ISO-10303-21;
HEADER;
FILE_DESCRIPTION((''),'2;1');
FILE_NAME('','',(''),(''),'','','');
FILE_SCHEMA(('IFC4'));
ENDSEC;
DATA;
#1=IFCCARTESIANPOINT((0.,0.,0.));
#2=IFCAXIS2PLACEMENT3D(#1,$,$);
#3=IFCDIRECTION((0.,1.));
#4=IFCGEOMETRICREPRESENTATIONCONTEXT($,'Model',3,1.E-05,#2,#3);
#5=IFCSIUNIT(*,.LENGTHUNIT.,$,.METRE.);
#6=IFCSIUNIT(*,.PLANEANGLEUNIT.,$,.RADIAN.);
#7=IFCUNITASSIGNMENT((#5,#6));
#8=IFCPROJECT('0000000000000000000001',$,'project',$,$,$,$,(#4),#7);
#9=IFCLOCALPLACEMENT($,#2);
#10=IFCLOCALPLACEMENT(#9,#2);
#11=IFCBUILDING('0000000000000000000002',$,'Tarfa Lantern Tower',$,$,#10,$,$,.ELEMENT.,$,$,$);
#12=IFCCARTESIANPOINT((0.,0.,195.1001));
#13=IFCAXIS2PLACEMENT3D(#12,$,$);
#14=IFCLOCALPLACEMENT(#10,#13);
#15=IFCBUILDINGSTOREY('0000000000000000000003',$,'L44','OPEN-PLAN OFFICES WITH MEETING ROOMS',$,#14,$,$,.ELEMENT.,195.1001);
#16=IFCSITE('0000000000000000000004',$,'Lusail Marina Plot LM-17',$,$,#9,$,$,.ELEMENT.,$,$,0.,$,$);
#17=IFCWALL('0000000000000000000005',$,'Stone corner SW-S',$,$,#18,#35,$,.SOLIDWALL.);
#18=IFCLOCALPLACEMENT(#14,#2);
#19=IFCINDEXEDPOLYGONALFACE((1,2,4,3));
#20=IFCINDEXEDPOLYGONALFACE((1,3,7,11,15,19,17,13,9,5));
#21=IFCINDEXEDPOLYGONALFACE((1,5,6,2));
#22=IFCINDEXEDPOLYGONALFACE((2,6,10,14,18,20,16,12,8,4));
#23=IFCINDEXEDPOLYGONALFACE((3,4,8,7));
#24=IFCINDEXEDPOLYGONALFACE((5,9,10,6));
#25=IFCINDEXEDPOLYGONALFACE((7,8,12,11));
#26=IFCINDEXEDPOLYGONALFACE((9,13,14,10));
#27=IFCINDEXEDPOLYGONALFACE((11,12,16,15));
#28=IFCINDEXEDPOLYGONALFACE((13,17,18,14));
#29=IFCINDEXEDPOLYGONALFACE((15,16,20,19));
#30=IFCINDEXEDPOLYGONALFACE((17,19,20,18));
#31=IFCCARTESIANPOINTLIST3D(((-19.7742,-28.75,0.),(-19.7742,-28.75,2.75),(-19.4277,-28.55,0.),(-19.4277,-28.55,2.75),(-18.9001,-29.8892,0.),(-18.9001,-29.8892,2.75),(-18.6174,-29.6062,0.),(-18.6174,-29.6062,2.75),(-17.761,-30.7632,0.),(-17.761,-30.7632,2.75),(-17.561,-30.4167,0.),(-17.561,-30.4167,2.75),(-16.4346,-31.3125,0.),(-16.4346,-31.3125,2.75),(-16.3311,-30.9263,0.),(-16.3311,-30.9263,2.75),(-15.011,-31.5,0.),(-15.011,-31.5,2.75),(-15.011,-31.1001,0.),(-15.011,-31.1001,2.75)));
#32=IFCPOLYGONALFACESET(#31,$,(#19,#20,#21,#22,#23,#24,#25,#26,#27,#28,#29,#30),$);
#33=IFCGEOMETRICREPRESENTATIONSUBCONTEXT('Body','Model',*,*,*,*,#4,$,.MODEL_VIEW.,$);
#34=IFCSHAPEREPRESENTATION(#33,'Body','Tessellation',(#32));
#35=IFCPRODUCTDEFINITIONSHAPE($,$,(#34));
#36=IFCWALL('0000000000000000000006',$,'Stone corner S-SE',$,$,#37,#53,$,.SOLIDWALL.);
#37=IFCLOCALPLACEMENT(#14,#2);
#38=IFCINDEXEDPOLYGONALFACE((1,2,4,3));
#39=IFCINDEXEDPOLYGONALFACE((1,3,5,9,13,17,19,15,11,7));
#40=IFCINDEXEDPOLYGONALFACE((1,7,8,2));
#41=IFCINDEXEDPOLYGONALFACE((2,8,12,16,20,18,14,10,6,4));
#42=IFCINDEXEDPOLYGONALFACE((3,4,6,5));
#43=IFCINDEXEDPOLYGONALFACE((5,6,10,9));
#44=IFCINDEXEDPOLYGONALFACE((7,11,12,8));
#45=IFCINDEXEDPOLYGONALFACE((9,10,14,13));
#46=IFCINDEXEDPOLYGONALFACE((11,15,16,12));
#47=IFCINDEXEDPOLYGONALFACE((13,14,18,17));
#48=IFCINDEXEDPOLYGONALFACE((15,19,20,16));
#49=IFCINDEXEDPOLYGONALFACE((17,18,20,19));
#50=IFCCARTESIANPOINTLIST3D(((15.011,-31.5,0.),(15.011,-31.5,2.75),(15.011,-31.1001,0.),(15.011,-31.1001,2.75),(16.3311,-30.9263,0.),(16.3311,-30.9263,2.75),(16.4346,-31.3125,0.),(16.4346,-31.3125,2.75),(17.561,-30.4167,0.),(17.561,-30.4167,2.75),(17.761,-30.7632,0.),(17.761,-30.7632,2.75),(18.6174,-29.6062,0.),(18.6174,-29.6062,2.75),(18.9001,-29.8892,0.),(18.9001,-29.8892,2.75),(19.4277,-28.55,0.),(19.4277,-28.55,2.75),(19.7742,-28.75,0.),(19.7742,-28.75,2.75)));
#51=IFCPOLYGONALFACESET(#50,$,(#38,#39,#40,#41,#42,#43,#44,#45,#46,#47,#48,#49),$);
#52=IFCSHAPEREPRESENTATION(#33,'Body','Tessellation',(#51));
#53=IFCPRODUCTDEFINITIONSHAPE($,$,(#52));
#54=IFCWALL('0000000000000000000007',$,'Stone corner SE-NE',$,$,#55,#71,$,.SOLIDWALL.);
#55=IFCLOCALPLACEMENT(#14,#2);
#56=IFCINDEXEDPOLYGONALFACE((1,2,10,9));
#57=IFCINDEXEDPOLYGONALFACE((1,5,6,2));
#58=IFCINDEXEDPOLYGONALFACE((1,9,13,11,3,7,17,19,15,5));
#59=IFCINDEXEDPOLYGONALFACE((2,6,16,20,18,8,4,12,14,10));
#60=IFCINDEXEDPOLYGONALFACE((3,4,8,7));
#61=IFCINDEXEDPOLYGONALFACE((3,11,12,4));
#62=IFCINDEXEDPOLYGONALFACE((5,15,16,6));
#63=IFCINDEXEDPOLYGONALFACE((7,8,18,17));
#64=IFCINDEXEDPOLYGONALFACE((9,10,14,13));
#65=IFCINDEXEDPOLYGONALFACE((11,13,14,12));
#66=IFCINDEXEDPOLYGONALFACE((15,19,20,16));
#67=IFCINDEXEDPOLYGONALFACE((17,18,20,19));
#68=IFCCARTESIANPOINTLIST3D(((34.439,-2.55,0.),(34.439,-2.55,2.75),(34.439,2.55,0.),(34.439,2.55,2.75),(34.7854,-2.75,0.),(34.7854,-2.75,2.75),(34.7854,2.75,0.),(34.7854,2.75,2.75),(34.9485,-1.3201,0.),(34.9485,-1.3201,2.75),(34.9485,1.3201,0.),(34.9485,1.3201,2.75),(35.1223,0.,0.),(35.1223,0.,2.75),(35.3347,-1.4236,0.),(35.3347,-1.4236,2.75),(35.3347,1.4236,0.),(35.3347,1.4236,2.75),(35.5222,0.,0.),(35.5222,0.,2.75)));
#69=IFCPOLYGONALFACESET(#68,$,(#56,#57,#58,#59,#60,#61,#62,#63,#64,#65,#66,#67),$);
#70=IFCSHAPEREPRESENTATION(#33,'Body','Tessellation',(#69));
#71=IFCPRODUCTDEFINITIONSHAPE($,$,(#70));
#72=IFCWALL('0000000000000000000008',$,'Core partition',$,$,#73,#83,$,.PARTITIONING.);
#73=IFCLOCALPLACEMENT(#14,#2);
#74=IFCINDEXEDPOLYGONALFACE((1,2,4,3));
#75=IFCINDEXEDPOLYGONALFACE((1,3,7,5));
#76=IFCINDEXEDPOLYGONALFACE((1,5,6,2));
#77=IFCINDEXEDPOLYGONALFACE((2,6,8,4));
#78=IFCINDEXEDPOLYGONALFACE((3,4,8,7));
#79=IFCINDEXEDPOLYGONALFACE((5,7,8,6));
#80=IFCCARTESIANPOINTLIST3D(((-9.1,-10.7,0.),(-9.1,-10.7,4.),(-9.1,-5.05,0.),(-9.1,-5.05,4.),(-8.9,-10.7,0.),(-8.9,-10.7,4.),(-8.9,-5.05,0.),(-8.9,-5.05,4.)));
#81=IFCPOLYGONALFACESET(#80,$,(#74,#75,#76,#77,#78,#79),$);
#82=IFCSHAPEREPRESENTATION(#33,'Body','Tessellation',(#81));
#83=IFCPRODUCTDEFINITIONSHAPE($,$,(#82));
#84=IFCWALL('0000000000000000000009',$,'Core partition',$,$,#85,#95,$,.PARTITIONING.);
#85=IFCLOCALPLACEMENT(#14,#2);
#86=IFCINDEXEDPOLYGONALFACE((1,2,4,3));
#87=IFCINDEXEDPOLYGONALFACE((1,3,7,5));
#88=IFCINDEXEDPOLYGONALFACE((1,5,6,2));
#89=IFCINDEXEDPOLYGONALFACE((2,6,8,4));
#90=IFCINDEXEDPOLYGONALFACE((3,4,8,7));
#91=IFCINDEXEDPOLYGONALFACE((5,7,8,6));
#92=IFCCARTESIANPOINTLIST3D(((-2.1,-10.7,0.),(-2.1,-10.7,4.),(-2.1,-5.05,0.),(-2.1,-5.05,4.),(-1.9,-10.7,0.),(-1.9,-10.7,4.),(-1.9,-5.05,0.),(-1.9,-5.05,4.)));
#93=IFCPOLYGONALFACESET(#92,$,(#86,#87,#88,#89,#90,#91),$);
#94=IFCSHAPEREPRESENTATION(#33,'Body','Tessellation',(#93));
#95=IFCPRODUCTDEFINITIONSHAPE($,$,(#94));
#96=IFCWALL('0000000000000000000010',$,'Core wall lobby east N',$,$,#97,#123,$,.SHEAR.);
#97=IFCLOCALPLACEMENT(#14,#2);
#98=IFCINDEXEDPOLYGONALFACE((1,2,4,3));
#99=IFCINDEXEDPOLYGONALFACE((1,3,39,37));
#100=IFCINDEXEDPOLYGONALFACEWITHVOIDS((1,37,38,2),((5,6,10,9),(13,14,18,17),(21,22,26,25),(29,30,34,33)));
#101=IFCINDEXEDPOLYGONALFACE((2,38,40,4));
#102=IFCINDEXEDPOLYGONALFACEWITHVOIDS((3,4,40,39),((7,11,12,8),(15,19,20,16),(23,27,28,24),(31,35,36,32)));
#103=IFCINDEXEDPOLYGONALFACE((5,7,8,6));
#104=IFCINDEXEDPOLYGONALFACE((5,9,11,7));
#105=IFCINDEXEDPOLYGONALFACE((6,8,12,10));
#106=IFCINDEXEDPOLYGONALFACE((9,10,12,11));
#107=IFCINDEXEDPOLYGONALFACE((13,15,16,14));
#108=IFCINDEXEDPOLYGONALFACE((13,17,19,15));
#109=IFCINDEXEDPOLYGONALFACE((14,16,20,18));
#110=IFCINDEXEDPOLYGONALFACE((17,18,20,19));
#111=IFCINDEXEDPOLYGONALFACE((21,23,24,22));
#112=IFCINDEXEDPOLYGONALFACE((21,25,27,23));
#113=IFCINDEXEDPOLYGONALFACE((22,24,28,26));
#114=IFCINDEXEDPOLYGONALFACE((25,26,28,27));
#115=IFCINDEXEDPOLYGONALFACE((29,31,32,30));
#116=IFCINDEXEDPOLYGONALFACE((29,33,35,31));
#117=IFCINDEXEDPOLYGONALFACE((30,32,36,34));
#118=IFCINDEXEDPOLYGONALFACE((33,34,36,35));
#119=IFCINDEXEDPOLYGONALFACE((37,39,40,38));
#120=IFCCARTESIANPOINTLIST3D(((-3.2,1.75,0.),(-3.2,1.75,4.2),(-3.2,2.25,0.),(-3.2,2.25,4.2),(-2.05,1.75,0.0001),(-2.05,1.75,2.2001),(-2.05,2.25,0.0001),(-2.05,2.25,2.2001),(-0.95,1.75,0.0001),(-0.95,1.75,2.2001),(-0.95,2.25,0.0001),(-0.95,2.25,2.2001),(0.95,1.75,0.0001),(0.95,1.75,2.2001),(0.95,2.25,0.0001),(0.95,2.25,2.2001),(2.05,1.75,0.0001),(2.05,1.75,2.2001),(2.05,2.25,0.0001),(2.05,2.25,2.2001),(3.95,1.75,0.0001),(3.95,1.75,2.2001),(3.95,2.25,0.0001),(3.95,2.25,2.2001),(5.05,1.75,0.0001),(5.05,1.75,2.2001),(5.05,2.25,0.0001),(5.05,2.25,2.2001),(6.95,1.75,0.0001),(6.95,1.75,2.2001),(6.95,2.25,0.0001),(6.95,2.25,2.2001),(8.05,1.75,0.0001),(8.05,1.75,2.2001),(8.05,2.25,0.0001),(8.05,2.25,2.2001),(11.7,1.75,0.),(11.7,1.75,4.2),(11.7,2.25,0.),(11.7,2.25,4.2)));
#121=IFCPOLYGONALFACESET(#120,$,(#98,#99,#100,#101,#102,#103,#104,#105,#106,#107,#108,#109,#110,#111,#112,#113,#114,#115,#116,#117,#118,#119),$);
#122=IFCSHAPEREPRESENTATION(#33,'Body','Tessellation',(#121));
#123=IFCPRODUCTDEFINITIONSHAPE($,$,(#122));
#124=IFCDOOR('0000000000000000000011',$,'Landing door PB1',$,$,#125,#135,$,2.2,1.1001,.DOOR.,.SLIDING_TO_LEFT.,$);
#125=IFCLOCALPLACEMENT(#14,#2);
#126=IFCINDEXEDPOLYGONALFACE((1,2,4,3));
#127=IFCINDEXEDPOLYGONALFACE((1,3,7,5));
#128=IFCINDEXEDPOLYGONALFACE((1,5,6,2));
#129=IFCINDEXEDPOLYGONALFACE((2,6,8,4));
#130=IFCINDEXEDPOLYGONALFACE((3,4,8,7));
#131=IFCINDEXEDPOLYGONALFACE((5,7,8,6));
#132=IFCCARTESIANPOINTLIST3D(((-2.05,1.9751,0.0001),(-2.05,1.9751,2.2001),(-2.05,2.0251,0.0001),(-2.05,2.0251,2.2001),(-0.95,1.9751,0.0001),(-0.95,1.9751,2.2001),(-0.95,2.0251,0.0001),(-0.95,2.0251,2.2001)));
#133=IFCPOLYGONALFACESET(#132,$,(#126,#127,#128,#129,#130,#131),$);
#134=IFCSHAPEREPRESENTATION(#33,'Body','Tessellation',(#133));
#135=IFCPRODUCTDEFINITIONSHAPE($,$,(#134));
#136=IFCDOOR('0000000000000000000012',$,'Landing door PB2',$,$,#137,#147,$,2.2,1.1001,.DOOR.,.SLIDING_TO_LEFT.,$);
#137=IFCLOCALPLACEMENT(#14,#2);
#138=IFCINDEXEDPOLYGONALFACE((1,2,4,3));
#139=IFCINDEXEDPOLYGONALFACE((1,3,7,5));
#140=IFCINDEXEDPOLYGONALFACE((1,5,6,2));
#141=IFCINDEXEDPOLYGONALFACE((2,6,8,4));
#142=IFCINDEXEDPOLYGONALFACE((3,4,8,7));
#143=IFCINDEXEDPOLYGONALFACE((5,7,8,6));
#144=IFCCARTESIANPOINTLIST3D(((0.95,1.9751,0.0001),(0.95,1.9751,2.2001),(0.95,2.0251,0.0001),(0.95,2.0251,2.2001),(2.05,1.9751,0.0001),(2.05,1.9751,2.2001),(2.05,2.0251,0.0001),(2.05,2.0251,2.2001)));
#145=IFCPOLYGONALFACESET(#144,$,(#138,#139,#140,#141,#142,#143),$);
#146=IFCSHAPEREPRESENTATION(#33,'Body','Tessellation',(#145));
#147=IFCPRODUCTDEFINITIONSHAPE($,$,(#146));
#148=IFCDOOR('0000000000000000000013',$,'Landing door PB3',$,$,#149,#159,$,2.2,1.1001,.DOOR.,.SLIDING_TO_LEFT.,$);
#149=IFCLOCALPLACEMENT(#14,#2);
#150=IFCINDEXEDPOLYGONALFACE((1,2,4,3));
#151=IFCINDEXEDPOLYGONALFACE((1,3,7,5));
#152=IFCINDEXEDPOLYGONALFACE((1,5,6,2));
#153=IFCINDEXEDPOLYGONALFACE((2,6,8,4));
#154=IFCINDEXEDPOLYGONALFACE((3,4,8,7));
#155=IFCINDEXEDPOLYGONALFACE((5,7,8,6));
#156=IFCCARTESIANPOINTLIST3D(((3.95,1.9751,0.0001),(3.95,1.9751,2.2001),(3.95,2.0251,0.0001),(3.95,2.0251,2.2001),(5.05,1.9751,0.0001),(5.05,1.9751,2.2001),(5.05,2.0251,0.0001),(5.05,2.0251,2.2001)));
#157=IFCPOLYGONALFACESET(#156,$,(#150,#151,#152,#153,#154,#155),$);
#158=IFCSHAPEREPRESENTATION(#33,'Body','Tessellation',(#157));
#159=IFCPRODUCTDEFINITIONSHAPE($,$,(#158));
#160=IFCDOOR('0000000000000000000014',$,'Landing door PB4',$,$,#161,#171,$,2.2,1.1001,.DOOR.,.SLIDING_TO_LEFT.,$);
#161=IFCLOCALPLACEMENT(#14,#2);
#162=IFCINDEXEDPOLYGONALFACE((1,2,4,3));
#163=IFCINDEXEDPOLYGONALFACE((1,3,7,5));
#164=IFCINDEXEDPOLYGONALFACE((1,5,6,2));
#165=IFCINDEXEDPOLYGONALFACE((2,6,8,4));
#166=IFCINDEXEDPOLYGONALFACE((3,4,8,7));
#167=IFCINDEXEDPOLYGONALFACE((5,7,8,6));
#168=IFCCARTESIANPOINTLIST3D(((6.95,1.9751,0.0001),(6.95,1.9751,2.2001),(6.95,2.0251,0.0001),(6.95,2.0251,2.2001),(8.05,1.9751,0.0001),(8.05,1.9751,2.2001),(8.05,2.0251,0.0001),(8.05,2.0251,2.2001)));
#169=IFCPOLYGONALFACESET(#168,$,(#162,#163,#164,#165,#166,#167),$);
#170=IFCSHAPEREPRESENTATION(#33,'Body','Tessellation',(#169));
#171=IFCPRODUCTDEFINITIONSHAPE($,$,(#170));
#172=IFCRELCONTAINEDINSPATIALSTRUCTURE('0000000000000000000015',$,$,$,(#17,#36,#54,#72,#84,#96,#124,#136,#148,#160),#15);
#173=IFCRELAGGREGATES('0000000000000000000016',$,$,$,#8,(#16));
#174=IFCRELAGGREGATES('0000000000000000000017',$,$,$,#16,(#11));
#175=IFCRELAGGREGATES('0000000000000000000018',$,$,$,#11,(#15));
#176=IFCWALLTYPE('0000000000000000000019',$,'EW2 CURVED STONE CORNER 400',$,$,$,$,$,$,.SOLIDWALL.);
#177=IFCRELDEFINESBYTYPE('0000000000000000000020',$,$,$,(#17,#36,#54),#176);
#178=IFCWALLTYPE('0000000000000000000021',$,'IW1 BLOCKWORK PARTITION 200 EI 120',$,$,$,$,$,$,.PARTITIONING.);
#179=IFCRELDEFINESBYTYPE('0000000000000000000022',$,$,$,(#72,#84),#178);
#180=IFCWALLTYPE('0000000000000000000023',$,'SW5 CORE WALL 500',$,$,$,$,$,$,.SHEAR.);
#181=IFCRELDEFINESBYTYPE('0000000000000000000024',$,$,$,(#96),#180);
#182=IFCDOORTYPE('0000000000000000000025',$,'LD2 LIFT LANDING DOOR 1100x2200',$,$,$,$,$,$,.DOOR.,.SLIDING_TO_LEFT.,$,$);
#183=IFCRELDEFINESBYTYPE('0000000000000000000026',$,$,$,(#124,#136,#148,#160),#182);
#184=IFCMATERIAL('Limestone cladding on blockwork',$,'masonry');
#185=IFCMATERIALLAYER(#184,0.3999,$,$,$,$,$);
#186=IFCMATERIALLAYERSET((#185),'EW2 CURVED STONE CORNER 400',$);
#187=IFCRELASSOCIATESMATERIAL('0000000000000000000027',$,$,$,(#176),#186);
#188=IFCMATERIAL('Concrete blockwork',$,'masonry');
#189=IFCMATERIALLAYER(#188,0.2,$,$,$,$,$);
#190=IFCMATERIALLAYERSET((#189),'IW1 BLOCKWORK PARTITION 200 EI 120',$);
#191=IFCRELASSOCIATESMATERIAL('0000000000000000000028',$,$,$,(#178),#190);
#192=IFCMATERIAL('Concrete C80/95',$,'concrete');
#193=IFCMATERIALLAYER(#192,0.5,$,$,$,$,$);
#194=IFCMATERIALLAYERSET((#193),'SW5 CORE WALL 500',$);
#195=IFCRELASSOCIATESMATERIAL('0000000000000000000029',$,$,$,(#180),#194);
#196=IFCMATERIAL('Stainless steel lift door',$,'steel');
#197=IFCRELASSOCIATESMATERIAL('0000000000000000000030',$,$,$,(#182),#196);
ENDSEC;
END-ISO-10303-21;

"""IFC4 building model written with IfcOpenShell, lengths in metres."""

from ifc_helpers import new_model, si_unit, direction, frame, frame_2d, origin, place, context, subcontext, project, spatial, polyline, rectangle, outline, extrude, material, layer, layer_set, type_object, element, fill, save


model = new_model("IFC4")

# Units and contexts
model_context = context("Model", 3, precision=1e-05, world=origin(), true_north=direction((0.0, 1.0)))
body_context = subcontext(model_context, "Body", "Model", "MODEL_VIEW")
ifc_project = project(units=[si_unit("LENGTHUNIT", "METRE"), si_unit("PLANEANGLEUNIT", "RADIAN")], contexts=[model_context])

# Site, building, storey
site_placement = place(None, origin())
site = spatial("IfcSite", under=ifc_project, at=site_placement, Name="Lusail Marina Plot LM-17", CompositionType="ELEMENT", RefElevation=0.0)
building_placement = place(site_placement, origin())
building = spatial("IfcBuilding", under=site, at=building_placement, Name="Tarfa Lantern Tower", CompositionType="ELEMENT")
storey_placement = place(building_placement, frame((0.0, 0.0, 195.1001)))
storey = spatial("IfcBuildingStorey", under=building, at=storey_placement, Name="L44", Description="OPEN-PLAN OFFICES WITH MEETING ROOMS", CompositionType="ELEMENT", Elevation=195.1001)

# Walls
ifc_material_1 = material(Name="Limestone cladding on blockwork", Category="masonry")
ifc_layer_1 = layer(ifc_material_1, 0.3999)
ifc_layer_set_1 = layer_set([ifc_layer_1], Name="EW2 CURVED STONE CORNER 400")
wall_type_1 = type_object("IfcWallType", Name="EW2 CURVED STONE CORNER 400", PredefinedType="SOLIDWALL", material=ifc_layer_set_1)
wall_1_placement = place(storey_placement, origin())
element("IfcWall", 1, at=wall_1_placement, inside=storey, type_object=wall_type_1, Name="Stone corner SW-S", PredefinedType="SOLIDWALL", context=body_context, shape_type="SweptSolid", body=[
    extrude(outline(polyline([(-19.7742, -28.75), (-18.9001, -29.8892), (-17.761, -30.7632), (-16.4346, -31.3125), (-15.011, -31.5), (-15.011, -31.1001), (-16.3311, -30.9263), (-17.561, -30.4167), (-18.6174, -29.6062), (-19.4277, -28.55), (-19.7742, -28.75)])), origin(), (0.0, 0.0, 1.0), 2.75),
])
wall_2_placement = place(storey_placement, origin())
element("IfcWall", 2, at=wall_2_placement, inside=storey, type_object=wall_type_1, Name="Stone corner S-SE", PredefinedType="SOLIDWALL", context=body_context, shape_type="SweptSolid", body=[
    extrude(outline(polyline([(15.011, -31.5), (16.4346, -31.3125), (17.761, -30.7632), (18.9001, -29.8892), (19.7742, -28.75), (19.4277, -28.55), (18.6174, -29.6062), (17.561, -30.4167), (16.3311, -30.9263), (15.011, -31.1001), (15.011, -31.5)])), origin(), (0.0, 0.0, 1.0), 2.75),
])
wall_3_placement = place(storey_placement, origin())
element("IfcWall", 3, at=wall_3_placement, inside=storey, type_object=wall_type_1, Name="Stone corner SE-NE", PredefinedType="SOLIDWALL", context=body_context, shape_type="SweptSolid", body=[
    extrude(outline(polyline([(34.7854, -2.75), (35.3347, -1.4236), (35.5222, 0.0), (35.3347, 1.4236), (34.7854, 2.75), (34.439, 2.55), (34.9485, 1.3201), (35.1223, 0.0), (34.9485, -1.3201), (34.439, -2.55), (34.7854, -2.75)])), origin(), (0.0, 0.0, 1.0), 2.75),
])
ifc_material_2 = material(Name="Concrete blockwork", Category="masonry")
ifc_layer_2 = layer(ifc_material_2, 0.2)
ifc_layer_set_2 = layer_set([ifc_layer_2], Name="IW1 BLOCKWORK PARTITION 200 EI 120")
wall_type_2 = type_object("IfcWallType", Name="IW1 BLOCKWORK PARTITION 200 EI 120", PredefinedType="PARTITIONING", material=ifc_layer_set_2)
for number, where, z_axis, x_axis, name in (
    (4, (-9.0, -5.05, 0.0), (0.0, 0.0, 1.0), (0.0, -1.0, 0.0), "Core partition"),
    (5, (-2.0, -5.05, 0.0), (0.0, 0.0, 1.0), (0.0, -1.0, 0.0), "Core partition"),
):
    element("IfcWall", number, at=place(storey_placement, frame(where, z_axis=z_axis, x_axis=x_axis)), inside=storey, type_object=wall_type_2, Name=name, PredefinedType="PARTITIONING", context=body_context, shape_type="SweptSolid", body=[
        extrude(rectangle(XDim=5.6499, YDim=0.2, at=frame_2d((2.825, 0.0))), origin(), (0.0, 0.0, 1.0), 4.0),
    ])

# Wall, openings, doors
ifc_material_3 = material(Name="Concrete C80/95", Category="concrete")
ifc_layer_3 = layer(ifc_material_3, 0.5)
ifc_layer_set_3 = layer_set([ifc_layer_3], Name="SW5 CORE WALL 500")
wall_type_3 = type_object("IfcWallType", Name="SW5 CORE WALL 500", PredefinedType="SHEAR", material=ifc_layer_set_3)
wall_4_placement = place(storey_placement, frame((-3.2, 2.0, 0.0), z_axis=(0.0, 0.0, 1.0), x_axis=(1.0, 0.0, 0.0)))
wall_4 = element("IfcWall", 6, at=wall_4_placement, inside=storey, type_object=wall_type_3, Name="Core wall lobby east N", PredefinedType="SHEAR", context=body_context, shape_type="SweptSolid", body=[
    extrude(rectangle(XDim=14.8999, YDim=0.5, at=frame_2d((7.45, 0.0))), origin(), (0.0, 0.0, 1.0), 4.2),
])
opening_1_placement = place(wall_4_placement, frame((1.1499, 0.0, 0.0)))
opening_1 = element("IfcOpeningElement", 7, at=opening_1_placement, cuts=wall_4, PredefinedType="OPENING", context=body_context, shape_type="SweptSolid", body=[
    extrude(rectangle(XDim=1.1001, YDim=2.2, at=frame_2d((0.55, 1.1001))), frame((0.0, 0.26, 0.0), z_axis=(0.0, -1.0, 0.0), x_axis=(1.0, 0.0, 0.0)), (0.0, 0.0, 1.0), 0.52),
])
opening_2_placement = place(wall_4_placement, frame((4.1499, 0.0, 0.0)))
opening_2 = element("IfcOpeningElement", 8, at=opening_2_placement, cuts=wall_4, PredefinedType="OPENING", context=body_context, shape_type="SweptSolid", body=[
    extrude(rectangle(XDim=1.1001, YDim=2.2, at=frame_2d((0.55, 1.1001))), frame((0.0, 0.26, 0.0), z_axis=(0.0, -1.0, 0.0), x_axis=(1.0, 0.0, 0.0)), (0.0, 0.0, 1.0), 0.52),
])
opening_3_placement = place(wall_4_placement, frame((7.1499, 0.0, 0.0)))
opening_3 = element("IfcOpeningElement", 9, at=opening_3_placement, cuts=wall_4, PredefinedType="OPENING", context=body_context, shape_type="SweptSolid", body=[
    extrude(rectangle(XDim=1.1001, YDim=2.2, at=frame_2d((0.55, 1.1001))), frame((0.0, 0.26, 0.0), z_axis=(0.0, -1.0, 0.0), x_axis=(1.0, 0.0, 0.0)), (0.0, 0.0, 1.0), 0.52),
])
opening_4_placement = place(wall_4_placement, frame((10.1499, 0.0, 0.0)))
opening_4 = element("IfcOpeningElement", 10, at=opening_4_placement, cuts=wall_4, PredefinedType="OPENING", context=body_context, shape_type="SweptSolid", body=[
    extrude(rectangle(XDim=1.1001, YDim=2.2, at=frame_2d((0.55, 1.1001))), frame((0.0, 0.26, 0.0), z_axis=(0.0, -1.0, 0.0), x_axis=(1.0, 0.0, 0.0)), (0.0, 0.0, 1.0), 0.52),
])
ifc_material_4 = material(Name="Stainless steel lift door", Category="steel")
door_type = type_object("IfcDoorType", Name="LD2 LIFT LANDING DOOR 1100x2200", OperationType="SLIDING_TO_LEFT", PredefinedType="DOOR", material=ifc_material_4)
door_1_placement = place(opening_1_placement, frame((1.1001, 0.0, 0.0), z_axis=(0.0, 0.0, 1.0), x_axis=(-1.0, 0.0, 0.0)))
door_1 = element("IfcDoor", 11, at=door_1_placement, inside=storey, type_object=door_type, Name="Landing door PB1", OperationType="SLIDING_TO_LEFT", OverallHeight=2.2, OverallWidth=1.1001, PredefinedType="DOOR", context=body_context, shape_type="SweptSolid", body=[
    extrude(rectangle(XDim=1.1001, YDim=2.2, at=frame_2d((0.55, 1.1001))), frame((0.0, 0.0249, 0.0), z_axis=(0.0, -1.0, 0.0), x_axis=(1.0, 0.0, 0.0)), (0.0, 0.0, 1.0), 0.05),
])
fill(opening_1, door_1)
door_2_placement = place(opening_2_placement, frame((1.1001, 0.0, 0.0), z_axis=(0.0, 0.0, 1.0), x_axis=(-1.0, 0.0, 0.0)))
door_2 = element("IfcDoor", 12, at=door_2_placement, inside=storey, type_object=door_type, Name="Landing door PB2", OperationType="SLIDING_TO_LEFT", OverallHeight=2.2, OverallWidth=1.1001, PredefinedType="DOOR", context=body_context, shape_type="SweptSolid", body=[
    extrude(rectangle(XDim=1.1001, YDim=2.2, at=frame_2d((0.55, 1.1001))), frame((0.0, 0.0249, 0.0), z_axis=(0.0, -1.0, 0.0), x_axis=(1.0, 0.0, 0.0)), (0.0, 0.0, 1.0), 0.05),
])
fill(opening_2, door_2)
door_3_placement = place(opening_3_placement, frame((1.1001, 0.0, 0.0), z_axis=(0.0, 0.0, 1.0), x_axis=(-1.0, 0.0, 0.0)))
door_3 = element("IfcDoor", 13, at=door_3_placement, inside=storey, type_object=door_type, Name="Landing door PB3", OperationType="SLIDING_TO_LEFT", OverallHeight=2.2, OverallWidth=1.1001, PredefinedType="DOOR", context=body_context, shape_type="SweptSolid", body=[
    extrude(rectangle(XDim=1.1001, YDim=2.2, at=frame_2d((0.55, 1.1001))), frame((0.0, 0.0249, 0.0), z_axis=(0.0, -1.0, 0.0), x_axis=(1.0, 0.0, 0.0)), (0.0, 0.0, 1.0), 0.05),
])
fill(opening_3, door_3)
door_4_placement = place(opening_4_placement, frame((1.1001, 0.0, 0.0), z_axis=(0.0, 0.0, 1.0), x_axis=(-1.0, 0.0, 0.0)))
door_4 = element("IfcDoor", 14, at=door_4_placement, inside=storey, type_object=door_type, Name="Landing door PB4", OperationType="SLIDING_TO_LEFT", OverallHeight=2.2, OverallWidth=1.1001, PredefinedType="DOOR", context=body_context, shape_type="SweptSolid", body=[
    extrude(rectangle(XDim=1.1001, YDim=2.2, at=frame_2d((0.55, 1.1001))), frame((0.0, 0.0249, 0.0), z_axis=(0.0, -1.0, 0.0), x_axis=(1.0, 0.0, 0.0)), (0.0, 0.0, 1.0), 0.05),
])
fill(opening_4, door_4)

save(model, "model.ifc")
